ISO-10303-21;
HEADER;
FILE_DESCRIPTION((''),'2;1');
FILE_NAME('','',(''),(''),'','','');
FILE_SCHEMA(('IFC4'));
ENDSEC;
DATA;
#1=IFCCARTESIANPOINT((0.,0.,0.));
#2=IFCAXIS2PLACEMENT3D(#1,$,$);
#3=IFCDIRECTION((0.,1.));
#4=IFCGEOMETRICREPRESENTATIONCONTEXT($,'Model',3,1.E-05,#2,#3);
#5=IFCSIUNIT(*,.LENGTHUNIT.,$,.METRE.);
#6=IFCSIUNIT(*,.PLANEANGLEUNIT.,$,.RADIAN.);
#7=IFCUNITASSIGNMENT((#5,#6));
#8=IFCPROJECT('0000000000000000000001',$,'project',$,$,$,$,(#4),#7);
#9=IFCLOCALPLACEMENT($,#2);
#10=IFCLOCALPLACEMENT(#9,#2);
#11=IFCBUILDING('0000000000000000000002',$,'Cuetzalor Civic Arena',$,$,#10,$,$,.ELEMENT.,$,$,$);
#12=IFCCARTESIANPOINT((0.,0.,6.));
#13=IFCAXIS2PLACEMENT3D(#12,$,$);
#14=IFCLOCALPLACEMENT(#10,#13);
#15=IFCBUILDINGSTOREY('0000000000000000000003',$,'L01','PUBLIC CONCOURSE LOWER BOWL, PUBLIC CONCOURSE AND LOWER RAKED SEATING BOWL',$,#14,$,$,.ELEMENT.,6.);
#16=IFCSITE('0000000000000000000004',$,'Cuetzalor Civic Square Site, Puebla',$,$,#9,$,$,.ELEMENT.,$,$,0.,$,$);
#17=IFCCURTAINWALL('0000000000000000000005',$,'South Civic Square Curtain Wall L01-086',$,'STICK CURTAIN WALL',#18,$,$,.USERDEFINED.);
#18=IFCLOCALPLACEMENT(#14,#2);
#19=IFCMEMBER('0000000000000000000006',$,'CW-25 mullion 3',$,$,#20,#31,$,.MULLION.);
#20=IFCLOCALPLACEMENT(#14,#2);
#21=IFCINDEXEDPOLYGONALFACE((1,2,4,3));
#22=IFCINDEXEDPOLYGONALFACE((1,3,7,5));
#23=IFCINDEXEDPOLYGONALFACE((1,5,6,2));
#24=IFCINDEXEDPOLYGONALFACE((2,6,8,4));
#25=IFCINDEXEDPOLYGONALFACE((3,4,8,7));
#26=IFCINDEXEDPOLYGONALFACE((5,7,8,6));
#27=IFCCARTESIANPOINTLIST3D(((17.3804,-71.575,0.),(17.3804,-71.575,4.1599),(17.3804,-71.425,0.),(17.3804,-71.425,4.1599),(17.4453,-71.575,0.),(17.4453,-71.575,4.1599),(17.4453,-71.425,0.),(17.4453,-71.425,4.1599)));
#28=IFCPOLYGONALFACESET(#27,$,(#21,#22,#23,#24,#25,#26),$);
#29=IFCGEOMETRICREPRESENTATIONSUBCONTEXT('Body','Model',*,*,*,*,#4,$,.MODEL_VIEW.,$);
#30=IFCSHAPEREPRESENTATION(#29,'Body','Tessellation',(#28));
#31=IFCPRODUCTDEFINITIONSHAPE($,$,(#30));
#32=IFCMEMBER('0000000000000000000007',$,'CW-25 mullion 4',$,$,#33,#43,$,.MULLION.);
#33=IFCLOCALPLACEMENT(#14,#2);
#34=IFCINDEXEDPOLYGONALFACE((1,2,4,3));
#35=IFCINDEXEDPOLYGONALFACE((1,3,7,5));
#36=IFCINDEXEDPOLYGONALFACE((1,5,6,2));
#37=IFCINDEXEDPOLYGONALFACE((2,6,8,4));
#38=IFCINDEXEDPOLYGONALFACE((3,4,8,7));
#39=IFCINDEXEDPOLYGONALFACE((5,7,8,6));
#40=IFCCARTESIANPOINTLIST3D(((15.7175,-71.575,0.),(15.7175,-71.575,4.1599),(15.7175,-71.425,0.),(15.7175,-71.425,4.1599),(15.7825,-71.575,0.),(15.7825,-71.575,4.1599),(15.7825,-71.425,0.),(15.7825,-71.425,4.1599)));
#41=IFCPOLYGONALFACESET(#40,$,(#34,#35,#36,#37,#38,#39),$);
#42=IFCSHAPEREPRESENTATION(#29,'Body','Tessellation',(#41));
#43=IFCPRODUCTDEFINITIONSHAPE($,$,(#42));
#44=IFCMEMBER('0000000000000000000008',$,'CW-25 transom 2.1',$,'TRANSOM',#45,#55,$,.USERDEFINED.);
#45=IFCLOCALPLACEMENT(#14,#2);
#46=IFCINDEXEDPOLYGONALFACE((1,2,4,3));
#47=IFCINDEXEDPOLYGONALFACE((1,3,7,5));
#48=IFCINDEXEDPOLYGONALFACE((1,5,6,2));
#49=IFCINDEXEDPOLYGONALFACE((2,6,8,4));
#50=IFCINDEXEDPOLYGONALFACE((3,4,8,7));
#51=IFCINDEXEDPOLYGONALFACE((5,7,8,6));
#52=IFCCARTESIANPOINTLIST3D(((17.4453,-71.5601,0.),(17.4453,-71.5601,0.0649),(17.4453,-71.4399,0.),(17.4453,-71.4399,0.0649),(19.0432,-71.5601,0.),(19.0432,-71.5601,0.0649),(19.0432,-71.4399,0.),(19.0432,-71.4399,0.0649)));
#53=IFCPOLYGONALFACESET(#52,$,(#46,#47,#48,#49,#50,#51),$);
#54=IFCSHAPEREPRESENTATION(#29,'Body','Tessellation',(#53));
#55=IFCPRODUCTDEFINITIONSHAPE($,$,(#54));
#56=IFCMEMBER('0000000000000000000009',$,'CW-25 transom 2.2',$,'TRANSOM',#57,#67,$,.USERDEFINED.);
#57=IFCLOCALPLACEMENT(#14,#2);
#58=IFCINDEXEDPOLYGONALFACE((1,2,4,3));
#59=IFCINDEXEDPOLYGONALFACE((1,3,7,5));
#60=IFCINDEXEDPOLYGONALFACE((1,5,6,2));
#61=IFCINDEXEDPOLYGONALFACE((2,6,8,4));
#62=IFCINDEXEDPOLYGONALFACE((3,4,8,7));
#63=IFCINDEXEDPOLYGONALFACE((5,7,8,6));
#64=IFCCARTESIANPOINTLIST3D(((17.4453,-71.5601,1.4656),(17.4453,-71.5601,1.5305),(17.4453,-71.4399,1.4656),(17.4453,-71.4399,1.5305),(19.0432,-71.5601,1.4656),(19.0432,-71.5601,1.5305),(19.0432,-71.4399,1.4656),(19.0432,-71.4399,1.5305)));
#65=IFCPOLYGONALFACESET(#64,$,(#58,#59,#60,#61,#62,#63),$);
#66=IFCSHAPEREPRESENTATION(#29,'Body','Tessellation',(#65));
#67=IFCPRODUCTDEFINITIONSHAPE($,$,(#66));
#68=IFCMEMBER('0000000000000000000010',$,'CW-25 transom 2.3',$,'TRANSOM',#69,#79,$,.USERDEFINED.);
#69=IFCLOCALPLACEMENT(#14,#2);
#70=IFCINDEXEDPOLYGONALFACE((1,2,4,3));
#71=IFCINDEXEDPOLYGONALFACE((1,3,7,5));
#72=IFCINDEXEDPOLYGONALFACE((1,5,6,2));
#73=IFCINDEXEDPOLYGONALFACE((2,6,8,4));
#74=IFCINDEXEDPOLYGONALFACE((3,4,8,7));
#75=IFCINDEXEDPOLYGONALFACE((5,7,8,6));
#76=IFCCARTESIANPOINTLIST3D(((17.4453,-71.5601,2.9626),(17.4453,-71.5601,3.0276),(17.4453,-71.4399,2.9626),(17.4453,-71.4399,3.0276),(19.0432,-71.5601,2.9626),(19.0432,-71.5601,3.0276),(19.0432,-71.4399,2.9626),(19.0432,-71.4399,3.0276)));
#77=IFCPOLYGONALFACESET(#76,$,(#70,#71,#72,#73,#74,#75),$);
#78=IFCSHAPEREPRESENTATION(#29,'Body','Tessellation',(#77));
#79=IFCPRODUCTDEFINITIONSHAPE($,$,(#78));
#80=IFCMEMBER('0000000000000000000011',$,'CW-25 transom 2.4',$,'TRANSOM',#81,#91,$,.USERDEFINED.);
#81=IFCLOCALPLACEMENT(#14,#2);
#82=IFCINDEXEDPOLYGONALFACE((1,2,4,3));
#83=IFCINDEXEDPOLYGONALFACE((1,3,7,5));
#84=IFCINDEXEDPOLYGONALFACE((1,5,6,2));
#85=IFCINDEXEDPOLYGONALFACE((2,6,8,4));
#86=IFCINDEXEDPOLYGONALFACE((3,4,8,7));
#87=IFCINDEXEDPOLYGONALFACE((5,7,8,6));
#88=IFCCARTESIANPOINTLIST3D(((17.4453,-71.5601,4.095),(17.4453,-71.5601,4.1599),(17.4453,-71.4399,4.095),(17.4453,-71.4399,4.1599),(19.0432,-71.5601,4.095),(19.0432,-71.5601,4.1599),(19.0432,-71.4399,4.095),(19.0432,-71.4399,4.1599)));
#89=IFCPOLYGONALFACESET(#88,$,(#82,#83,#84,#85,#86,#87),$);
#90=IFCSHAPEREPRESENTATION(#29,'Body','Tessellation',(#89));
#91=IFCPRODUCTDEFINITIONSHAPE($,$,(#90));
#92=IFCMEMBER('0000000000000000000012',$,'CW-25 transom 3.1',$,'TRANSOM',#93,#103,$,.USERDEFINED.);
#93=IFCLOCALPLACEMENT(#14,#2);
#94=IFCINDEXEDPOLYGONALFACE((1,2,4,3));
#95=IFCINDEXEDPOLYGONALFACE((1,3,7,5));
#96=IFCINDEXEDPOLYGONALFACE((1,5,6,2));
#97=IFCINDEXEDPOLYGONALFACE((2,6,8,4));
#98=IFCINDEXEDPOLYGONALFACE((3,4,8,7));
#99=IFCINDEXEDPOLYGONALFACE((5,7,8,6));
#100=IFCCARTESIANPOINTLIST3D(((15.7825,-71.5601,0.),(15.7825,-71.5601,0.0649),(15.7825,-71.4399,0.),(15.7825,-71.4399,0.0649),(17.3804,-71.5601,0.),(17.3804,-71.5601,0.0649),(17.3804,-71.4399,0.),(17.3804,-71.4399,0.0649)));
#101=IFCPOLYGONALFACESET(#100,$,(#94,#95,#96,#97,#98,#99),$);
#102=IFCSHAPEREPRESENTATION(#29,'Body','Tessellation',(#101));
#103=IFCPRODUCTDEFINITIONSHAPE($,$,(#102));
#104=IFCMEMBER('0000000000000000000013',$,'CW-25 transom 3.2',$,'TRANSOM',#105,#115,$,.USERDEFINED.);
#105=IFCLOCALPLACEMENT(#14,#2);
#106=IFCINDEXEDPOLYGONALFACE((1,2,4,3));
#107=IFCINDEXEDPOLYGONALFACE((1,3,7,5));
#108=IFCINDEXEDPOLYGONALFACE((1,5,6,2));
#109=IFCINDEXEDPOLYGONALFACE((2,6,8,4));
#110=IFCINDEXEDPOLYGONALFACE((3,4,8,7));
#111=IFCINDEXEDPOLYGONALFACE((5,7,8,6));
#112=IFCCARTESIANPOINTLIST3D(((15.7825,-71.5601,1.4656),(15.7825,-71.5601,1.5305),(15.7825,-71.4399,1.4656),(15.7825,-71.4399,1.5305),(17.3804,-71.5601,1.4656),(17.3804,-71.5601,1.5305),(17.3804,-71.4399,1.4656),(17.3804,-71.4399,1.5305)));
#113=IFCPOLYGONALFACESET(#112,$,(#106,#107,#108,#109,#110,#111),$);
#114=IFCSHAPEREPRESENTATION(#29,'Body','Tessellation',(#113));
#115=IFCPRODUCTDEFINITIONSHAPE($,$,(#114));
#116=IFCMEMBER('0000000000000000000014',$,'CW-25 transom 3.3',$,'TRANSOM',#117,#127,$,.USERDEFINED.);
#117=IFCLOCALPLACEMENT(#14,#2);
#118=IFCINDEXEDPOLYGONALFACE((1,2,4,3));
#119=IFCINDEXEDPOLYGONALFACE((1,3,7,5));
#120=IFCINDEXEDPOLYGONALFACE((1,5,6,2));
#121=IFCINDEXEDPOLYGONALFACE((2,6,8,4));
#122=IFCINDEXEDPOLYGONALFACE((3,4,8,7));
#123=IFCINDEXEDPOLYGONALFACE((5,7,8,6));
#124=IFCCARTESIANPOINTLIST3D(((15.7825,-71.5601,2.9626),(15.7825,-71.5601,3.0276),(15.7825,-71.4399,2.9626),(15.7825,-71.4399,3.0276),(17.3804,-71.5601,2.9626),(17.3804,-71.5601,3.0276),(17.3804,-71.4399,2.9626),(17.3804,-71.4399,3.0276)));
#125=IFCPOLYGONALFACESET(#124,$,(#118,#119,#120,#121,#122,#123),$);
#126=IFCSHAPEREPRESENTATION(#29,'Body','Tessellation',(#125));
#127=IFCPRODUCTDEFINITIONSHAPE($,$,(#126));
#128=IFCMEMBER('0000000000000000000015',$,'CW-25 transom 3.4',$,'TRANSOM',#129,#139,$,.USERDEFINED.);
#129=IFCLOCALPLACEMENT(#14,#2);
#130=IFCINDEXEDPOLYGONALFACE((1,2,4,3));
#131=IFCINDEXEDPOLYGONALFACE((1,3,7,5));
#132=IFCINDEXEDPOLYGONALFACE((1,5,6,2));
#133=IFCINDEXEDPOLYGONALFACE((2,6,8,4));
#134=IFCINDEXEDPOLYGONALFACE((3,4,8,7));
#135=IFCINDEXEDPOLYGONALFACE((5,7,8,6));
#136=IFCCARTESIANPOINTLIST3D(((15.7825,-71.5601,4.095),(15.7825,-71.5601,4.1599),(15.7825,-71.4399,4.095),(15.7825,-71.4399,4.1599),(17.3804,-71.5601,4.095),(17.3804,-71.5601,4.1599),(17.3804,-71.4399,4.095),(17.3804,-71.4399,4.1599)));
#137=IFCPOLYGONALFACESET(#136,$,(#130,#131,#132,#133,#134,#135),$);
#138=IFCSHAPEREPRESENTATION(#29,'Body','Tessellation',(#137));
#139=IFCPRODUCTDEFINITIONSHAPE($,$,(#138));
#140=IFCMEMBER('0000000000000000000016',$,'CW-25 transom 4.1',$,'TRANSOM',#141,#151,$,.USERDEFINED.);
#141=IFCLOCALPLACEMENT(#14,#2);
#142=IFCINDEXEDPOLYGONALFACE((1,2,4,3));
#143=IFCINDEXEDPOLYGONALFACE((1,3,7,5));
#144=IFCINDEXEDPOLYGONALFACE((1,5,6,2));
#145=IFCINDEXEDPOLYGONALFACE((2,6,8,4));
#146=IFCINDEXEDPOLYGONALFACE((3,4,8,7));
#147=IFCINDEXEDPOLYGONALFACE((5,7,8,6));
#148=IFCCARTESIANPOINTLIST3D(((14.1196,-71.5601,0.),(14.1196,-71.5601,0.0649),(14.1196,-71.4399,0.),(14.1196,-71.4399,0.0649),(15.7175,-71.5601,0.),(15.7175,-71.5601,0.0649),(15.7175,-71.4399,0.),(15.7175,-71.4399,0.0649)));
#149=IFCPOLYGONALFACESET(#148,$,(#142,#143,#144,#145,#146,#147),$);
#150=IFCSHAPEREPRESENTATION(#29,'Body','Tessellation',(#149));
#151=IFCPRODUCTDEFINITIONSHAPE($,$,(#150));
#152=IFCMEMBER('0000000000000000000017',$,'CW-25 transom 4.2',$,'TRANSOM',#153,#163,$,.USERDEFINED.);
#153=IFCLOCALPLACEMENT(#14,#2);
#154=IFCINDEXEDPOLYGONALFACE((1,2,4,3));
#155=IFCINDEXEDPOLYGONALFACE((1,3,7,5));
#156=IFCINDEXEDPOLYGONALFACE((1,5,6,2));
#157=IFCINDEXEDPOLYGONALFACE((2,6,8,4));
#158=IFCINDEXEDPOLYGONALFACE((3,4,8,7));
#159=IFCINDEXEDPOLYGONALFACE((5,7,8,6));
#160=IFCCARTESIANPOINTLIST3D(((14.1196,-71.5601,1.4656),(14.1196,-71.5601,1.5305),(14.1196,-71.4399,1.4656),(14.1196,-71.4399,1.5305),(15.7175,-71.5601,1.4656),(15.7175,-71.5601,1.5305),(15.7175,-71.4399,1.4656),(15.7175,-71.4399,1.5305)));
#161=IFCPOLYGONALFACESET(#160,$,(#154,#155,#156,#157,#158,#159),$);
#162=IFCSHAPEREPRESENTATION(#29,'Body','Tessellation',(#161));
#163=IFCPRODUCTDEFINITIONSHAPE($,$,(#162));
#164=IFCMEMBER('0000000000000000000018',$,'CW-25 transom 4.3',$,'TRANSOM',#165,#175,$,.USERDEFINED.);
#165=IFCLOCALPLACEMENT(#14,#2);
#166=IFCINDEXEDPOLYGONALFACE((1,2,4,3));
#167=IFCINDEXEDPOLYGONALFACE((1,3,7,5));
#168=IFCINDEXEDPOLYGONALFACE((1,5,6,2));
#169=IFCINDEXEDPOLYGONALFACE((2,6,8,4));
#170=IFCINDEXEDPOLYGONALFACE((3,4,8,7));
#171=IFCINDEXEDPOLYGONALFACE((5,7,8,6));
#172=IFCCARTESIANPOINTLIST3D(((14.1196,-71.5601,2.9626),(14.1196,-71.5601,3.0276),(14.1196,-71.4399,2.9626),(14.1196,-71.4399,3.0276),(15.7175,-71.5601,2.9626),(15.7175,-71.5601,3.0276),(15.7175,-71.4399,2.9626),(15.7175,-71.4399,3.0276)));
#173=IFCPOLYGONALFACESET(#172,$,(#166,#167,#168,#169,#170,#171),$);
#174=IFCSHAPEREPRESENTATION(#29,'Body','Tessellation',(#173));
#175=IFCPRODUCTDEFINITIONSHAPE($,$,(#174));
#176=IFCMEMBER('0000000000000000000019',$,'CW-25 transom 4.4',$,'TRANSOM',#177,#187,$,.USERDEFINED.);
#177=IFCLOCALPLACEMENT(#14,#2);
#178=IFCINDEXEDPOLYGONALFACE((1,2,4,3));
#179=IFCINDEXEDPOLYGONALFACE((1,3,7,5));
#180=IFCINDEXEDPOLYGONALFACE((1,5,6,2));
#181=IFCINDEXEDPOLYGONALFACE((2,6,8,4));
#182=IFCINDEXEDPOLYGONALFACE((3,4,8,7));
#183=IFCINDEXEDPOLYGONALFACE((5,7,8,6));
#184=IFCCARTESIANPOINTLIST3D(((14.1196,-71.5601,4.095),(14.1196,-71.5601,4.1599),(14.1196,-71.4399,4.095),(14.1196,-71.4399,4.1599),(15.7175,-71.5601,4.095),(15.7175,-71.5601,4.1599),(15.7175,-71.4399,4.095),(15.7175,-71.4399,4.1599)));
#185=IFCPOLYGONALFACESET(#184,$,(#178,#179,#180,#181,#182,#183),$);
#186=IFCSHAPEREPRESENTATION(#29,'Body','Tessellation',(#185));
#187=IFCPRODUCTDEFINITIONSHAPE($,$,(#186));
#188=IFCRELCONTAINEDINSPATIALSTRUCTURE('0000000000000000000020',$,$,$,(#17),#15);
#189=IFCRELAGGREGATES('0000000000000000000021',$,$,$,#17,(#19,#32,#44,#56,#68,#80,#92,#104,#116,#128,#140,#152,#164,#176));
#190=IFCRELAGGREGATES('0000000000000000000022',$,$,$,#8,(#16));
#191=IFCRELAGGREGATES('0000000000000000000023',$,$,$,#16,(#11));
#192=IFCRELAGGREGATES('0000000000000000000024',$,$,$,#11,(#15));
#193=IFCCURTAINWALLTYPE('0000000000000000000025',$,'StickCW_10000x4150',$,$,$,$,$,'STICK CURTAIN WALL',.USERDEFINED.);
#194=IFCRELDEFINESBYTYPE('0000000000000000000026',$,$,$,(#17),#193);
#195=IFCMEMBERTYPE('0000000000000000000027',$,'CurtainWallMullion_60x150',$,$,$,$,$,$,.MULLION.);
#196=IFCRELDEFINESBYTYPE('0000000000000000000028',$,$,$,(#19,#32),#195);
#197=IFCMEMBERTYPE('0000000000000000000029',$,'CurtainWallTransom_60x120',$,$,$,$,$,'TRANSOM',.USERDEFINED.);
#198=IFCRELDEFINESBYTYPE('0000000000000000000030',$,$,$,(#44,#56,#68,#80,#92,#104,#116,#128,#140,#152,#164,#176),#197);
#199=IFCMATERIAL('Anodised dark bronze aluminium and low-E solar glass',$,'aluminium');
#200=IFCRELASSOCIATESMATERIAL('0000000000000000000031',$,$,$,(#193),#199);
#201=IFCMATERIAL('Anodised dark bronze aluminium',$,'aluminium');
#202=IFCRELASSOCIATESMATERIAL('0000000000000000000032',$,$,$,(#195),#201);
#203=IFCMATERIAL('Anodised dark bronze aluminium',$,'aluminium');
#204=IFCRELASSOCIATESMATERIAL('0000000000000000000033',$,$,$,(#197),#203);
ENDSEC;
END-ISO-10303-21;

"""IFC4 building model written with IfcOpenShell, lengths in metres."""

from ifc_helpers import new_model, si_unit, direction, frame, origin, origin_2d, place, context, subcontext, project, spatial, rectangle, extrude, material, material_profile, profile_set, type_object, element, aggregate, save


model = new_model("IFC4")

# Units and contexts
model_context = context("Model", 3, precision=1e-05, world=origin(), true_north=direction((0.0, 1.0)))
body_context = subcontext(model_context, "Body", "Model", "MODEL_VIEW")
ifc_project = project(units=[si_unit("LENGTHUNIT", "METRE"), si_unit("PLANEANGLEUNIT", "RADIAN")], contexts=[model_context])

# Site, building, storey
site_placement = place(None, origin())
site = spatial("IfcSite", under=ifc_project, at=site_placement, Name="Cuetzalor Civic Square Site, Puebla", CompositionType="ELEMENT", RefElevation=0.0)
building_placement = place(site_placement, origin())
building = spatial("IfcBuilding", under=site, at=building_placement, Name="Cuetzalor Civic Arena", CompositionType="ELEMENT")
storey_placement = place(building_placement, frame((0.0, 0.0, 6.0)))
storey = spatial("IfcBuildingStorey", under=building, at=storey_placement, Name="L01", Description="PUBLIC CONCOURSE LOWER BOWL, PUBLIC CONCOURSE AND LOWER RAKED SEATING BOWL", CompositionType="ELEMENT", Elevation=6.0)

# Curtain wall, members
ifc_material_1 = material(Name="Anodised dark bronze aluminium and low-E solar glass", Category="aluminium")
curtain_wall_type = type_object("IfcCurtainWallType", Name="StickCW_10000x4150", ElementType="STICK CURTAIN WALL", PredefinedType="USERDEFINED", material=ifc_material_1)
curtain_wall_placement = place(storey_placement, origin())
curtain_wall = element("IfcCurtainWall", 1, at=curtain_wall_placement, inside=storey, type_object=curtain_wall_type, Name="South Civic Square Curtain Wall L01-086", ObjectType="STICK CURTAIN WALL", PredefinedType="USERDEFINED")
ifc_material_2 = material(Name="Anodised dark bronze aluminium", Category="aluminium")
ifc_material_profile_1 = material_profile(ifc_material_2, rectangle(XDim=0.0649, YDim=0.1499, at=origin_2d()), Name="ALU MULLION 65x150")
ifc_profile_set_1 = profile_set([ifc_material_profile_1], Name="Anodised dark bronze aluminium")
member_type_1 = type_object("IfcMemberType", Name="CurtainWallMullion_60x150", PredefinedType="MULLION", material=ifc_profile_set_1)
member_1_placement = place(storey_placement, frame((17.4128, -71.5, 0.0), z_axis=(0.0, 0.0, 1.0), x_axis=(-1.0, 0.0, 0.0)))
member_1 = element("IfcMember", 2, at=member_1_placement, type_object=member_type_1, Name="CW-25 mullion 3", PredefinedType="MULLION", context=body_context, shape_type="SweptSolid", body=[
    extrude(rectangle(XDim=0.0649, YDim=0.1499, at=origin_2d()), origin(), (0.0, 0.0, 1.0), 4.1599),
])
member_2_placement = place(storey_placement, frame((15.75, -71.5, 0.0), z_axis=(0.0, 0.0, 1.0), x_axis=(-1.0, 0.0, 0.0)))
member_2 = element("IfcMember", 3, at=member_2_placement, type_object=member_type_1, Name="CW-25 mullion 4", PredefinedType="MULLION", context=body_context, shape_type="SweptSolid", body=[
    extrude(rectangle(XDim=0.0649, YDim=0.1499, at=origin_2d()), origin(), (0.0, 0.0, 1.0), 4.1599),
])
ifc_material_3 = material(Name="Anodised dark bronze aluminium", Category="aluminium")
ifc_material_profile_2 = material_profile(ifc_material_3, rectangle(XDim=0.1201, YDim=0.0649, at=origin_2d()), Name="ALU TRANSOM 65x120")
ifc_profile_set_2 = profile_set([ifc_material_profile_2], Name="Anodised dark bronze aluminium")
member_type_2 = type_object("IfcMemberType", Name="CurtainWallTransom_60x120", ElementType="TRANSOM", PredefinedType="USERDEFINED", material=ifc_profile_set_2)
member_3_placement = place(storey_placement, frame((19.0432, -71.5, 0.0325), z_axis=(-1.0, 0.0, 0.0), x_axis=(0.0, -1.0, 0.0)))
member_3 = element("IfcMember", 4, at=member_3_placement, type_object=member_type_2, Name="CW-25 transom 2.1", ObjectType="TRANSOM", PredefinedType="USERDEFINED", context=body_context, shape_type="SweptSolid", body=[
    extrude(rectangle(XDim=0.1201, YDim=0.0649, at=origin_2d()), origin(), (0.0, 0.0, 1.0), 1.5979),
])
member_4_placement = place(storey_placement, frame((19.0432, -71.5, 1.498), z_axis=(-1.0, 0.0, 0.0), x_axis=(0.0, -1.0, 0.0)))
member_4 = element("IfcMember", 5, at=member_4_placement, type_object=member_type_2, Name="CW-25 transom 2.2", ObjectType="TRANSOM", PredefinedType="USERDEFINED", context=body_context, shape_type="SweptSolid", body=[
    extrude(rectangle(XDim=0.1201, YDim=0.0649, at=origin_2d()), origin(), (0.0, 0.0, 1.0), 1.5979),
])
member_5_placement = place(storey_placement, frame((19.0432, -71.5, 2.9951), z_axis=(-1.0, 0.0, 0.0), x_axis=(0.0, -1.0, 0.0)))
member_5 = element("IfcMember", 6, at=member_5_placement, type_object=member_type_2, Name="CW-25 transom 2.3", ObjectType="TRANSOM", PredefinedType="USERDEFINED", context=body_context, shape_type="SweptSolid", body=[
    extrude(rectangle(XDim=0.1201, YDim=0.0649, at=origin_2d()), origin(), (0.0, 0.0, 1.0), 1.5979),
])
member_6_placement = place(storey_placement, frame((19.0432, -71.5, 4.1274), z_axis=(-1.0, 0.0, 0.0), x_axis=(0.0, -1.0, 0.0)))
member_6 = element("IfcMember", 7, at=member_6_placement, type_object=member_type_2, Name="CW-25 transom 2.4", ObjectType="TRANSOM", PredefinedType="USERDEFINED", context=body_context, shape_type="SweptSolid", body=[
    extrude(rectangle(XDim=0.1201, YDim=0.0649, at=origin_2d()), origin(), (0.0, 0.0, 1.0), 1.5979),
])
member_7_placement = place(storey_placement, frame((17.3804, -71.5, 0.0325), z_axis=(-1.0, 0.0, 0.0), x_axis=(0.0, -1.0, 0.0)))
member_7 = element("IfcMember", 8, at=member_7_placement, type_object=member_type_2, Name="CW-25 transom 3.1", ObjectType="TRANSOM", PredefinedType="USERDEFINED", context=body_context, shape_type="SweptSolid", body=[
    extrude(rectangle(XDim=0.1201, YDim=0.0649, at=origin_2d()), origin(), (0.0, 0.0, 1.0), 1.5979),
])
member_8_placement = place(storey_placement, frame((17.3804, -71.5, 1.498), z_axis=(-1.0, 0.0, 0.0), x_axis=(0.0, -1.0, 0.0)))
member_8 = element("IfcMember", 9, at=member_8_placement, type_object=member_type_2, Name="CW-25 transom 3.2", ObjectType="TRANSOM", PredefinedType="USERDEFINED", context=body_context, shape_type="SweptSolid", body=[
    extrude(rectangle(XDim=0.1201, YDim=0.0649, at=origin_2d()), origin(), (0.0, 0.0, 1.0), 1.5979),
])
member_9_placement = place(storey_placement, frame((17.3804, -71.5, 2.9951), z_axis=(-1.0, 0.0, 0.0), x_axis=(0.0, -1.0, 0.0)))
member_9 = element("IfcMember", 10, at=member_9_placement, type_object=member_type_2, Name="CW-25 transom 3.3", ObjectType="TRANSOM", PredefinedType="USERDEFINED", context=body_context, shape_type="SweptSolid", body=[
    extrude(rectangle(XDim=0.1201, YDim=0.0649, at=origin_2d()), origin(), (0.0, 0.0, 1.0), 1.5979),
])
member_10_placement = place(storey_placement, frame((17.3804, -71.5, 4.1274), z_axis=(-1.0, 0.0, 0.0), x_axis=(0.0, -1.0, 0.0)))
member_10 = element("IfcMember", 11, at=member_10_placement, type_object=member_type_2, Name="CW-25 transom 3.4", ObjectType="TRANSOM", PredefinedType="USERDEFINED", context=body_context, shape_type="SweptSolid", body=[
    extrude(rectangle(XDim=0.1201, YDim=0.0649, at=origin_2d()), origin(), (0.0, 0.0, 1.0), 1.5979),
])
member_11_placement = place(storey_placement, frame((15.7175, -71.5, 0.0325), z_axis=(-1.0, 0.0, 0.0), x_axis=(0.0, -1.0, 0.0)))
member_11 = element("IfcMember", 12, at=member_11_placement, type_object=member_type_2, Name="CW-25 transom 4.1", ObjectType="TRANSOM", PredefinedType="USERDEFINED", context=body_context, shape_type="SweptSolid", body=[
    extrude(rectangle(XDim=0.1201, YDim=0.0649, at=origin_2d()), origin(), (0.0, 0.0, 1.0), 1.5979),
])
member_12_placement = place(storey_placement, frame((15.7175, -71.5, 1.498), z_axis=(-1.0, 0.0, 0.0), x_axis=(0.0, -1.0, 0.0)))
member_12 = element("IfcMember", 13, at=member_12_placement, type_object=member_type_2, Name="CW-25 transom 4.2", ObjectType="TRANSOM", PredefinedType="USERDEFINED", context=body_context, shape_type="SweptSolid", body=[
    extrude(rectangle(XDim=0.1201, YDim=0.0649, at=origin_2d()), origin(), (0.0, 0.0, 1.0), 1.5979),
])
member_13_placement = place(storey_placement, frame((15.7175, -71.5, 2.9951), z_axis=(-1.0, 0.0, 0.0), x_axis=(0.0, -1.0, 0.0)))
member_13 = element("IfcMember", 14, at=member_13_placement, type_object=member_type_2, Name="CW-25 transom 4.3", ObjectType="TRANSOM", PredefinedType="USERDEFINED", context=body_context, shape_type="SweptSolid", body=[
    extrude(rectangle(XDim=0.1201, YDim=0.0649, at=origin_2d()), origin(), (0.0, 0.0, 1.0), 1.5979),
])
member_14_placement = place(storey_placement, frame((15.7175, -71.5, 4.1274), z_axis=(-1.0, 0.0, 0.0), x_axis=(0.0, -1.0, 0.0)))
member_14 = element("IfcMember", 15, at=member_14_placement, type_object=member_type_2, Name="CW-25 transom 4.4", ObjectType="TRANSOM", PredefinedType="USERDEFINED", context=body_context, shape_type="SweptSolid", body=[
    extrude(rectangle(XDim=0.1201, YDim=0.0649, at=origin_2d()), origin(), (0.0, 0.0, 1.0), 1.5979),
])
aggregate(curtain_wall, [member_1, member_2, member_3, member_4, member_5, member_6, member_7, member_8, member_9, member_10, member_11, member_12, member_13, member_14])

save(model, "model.ifc")
